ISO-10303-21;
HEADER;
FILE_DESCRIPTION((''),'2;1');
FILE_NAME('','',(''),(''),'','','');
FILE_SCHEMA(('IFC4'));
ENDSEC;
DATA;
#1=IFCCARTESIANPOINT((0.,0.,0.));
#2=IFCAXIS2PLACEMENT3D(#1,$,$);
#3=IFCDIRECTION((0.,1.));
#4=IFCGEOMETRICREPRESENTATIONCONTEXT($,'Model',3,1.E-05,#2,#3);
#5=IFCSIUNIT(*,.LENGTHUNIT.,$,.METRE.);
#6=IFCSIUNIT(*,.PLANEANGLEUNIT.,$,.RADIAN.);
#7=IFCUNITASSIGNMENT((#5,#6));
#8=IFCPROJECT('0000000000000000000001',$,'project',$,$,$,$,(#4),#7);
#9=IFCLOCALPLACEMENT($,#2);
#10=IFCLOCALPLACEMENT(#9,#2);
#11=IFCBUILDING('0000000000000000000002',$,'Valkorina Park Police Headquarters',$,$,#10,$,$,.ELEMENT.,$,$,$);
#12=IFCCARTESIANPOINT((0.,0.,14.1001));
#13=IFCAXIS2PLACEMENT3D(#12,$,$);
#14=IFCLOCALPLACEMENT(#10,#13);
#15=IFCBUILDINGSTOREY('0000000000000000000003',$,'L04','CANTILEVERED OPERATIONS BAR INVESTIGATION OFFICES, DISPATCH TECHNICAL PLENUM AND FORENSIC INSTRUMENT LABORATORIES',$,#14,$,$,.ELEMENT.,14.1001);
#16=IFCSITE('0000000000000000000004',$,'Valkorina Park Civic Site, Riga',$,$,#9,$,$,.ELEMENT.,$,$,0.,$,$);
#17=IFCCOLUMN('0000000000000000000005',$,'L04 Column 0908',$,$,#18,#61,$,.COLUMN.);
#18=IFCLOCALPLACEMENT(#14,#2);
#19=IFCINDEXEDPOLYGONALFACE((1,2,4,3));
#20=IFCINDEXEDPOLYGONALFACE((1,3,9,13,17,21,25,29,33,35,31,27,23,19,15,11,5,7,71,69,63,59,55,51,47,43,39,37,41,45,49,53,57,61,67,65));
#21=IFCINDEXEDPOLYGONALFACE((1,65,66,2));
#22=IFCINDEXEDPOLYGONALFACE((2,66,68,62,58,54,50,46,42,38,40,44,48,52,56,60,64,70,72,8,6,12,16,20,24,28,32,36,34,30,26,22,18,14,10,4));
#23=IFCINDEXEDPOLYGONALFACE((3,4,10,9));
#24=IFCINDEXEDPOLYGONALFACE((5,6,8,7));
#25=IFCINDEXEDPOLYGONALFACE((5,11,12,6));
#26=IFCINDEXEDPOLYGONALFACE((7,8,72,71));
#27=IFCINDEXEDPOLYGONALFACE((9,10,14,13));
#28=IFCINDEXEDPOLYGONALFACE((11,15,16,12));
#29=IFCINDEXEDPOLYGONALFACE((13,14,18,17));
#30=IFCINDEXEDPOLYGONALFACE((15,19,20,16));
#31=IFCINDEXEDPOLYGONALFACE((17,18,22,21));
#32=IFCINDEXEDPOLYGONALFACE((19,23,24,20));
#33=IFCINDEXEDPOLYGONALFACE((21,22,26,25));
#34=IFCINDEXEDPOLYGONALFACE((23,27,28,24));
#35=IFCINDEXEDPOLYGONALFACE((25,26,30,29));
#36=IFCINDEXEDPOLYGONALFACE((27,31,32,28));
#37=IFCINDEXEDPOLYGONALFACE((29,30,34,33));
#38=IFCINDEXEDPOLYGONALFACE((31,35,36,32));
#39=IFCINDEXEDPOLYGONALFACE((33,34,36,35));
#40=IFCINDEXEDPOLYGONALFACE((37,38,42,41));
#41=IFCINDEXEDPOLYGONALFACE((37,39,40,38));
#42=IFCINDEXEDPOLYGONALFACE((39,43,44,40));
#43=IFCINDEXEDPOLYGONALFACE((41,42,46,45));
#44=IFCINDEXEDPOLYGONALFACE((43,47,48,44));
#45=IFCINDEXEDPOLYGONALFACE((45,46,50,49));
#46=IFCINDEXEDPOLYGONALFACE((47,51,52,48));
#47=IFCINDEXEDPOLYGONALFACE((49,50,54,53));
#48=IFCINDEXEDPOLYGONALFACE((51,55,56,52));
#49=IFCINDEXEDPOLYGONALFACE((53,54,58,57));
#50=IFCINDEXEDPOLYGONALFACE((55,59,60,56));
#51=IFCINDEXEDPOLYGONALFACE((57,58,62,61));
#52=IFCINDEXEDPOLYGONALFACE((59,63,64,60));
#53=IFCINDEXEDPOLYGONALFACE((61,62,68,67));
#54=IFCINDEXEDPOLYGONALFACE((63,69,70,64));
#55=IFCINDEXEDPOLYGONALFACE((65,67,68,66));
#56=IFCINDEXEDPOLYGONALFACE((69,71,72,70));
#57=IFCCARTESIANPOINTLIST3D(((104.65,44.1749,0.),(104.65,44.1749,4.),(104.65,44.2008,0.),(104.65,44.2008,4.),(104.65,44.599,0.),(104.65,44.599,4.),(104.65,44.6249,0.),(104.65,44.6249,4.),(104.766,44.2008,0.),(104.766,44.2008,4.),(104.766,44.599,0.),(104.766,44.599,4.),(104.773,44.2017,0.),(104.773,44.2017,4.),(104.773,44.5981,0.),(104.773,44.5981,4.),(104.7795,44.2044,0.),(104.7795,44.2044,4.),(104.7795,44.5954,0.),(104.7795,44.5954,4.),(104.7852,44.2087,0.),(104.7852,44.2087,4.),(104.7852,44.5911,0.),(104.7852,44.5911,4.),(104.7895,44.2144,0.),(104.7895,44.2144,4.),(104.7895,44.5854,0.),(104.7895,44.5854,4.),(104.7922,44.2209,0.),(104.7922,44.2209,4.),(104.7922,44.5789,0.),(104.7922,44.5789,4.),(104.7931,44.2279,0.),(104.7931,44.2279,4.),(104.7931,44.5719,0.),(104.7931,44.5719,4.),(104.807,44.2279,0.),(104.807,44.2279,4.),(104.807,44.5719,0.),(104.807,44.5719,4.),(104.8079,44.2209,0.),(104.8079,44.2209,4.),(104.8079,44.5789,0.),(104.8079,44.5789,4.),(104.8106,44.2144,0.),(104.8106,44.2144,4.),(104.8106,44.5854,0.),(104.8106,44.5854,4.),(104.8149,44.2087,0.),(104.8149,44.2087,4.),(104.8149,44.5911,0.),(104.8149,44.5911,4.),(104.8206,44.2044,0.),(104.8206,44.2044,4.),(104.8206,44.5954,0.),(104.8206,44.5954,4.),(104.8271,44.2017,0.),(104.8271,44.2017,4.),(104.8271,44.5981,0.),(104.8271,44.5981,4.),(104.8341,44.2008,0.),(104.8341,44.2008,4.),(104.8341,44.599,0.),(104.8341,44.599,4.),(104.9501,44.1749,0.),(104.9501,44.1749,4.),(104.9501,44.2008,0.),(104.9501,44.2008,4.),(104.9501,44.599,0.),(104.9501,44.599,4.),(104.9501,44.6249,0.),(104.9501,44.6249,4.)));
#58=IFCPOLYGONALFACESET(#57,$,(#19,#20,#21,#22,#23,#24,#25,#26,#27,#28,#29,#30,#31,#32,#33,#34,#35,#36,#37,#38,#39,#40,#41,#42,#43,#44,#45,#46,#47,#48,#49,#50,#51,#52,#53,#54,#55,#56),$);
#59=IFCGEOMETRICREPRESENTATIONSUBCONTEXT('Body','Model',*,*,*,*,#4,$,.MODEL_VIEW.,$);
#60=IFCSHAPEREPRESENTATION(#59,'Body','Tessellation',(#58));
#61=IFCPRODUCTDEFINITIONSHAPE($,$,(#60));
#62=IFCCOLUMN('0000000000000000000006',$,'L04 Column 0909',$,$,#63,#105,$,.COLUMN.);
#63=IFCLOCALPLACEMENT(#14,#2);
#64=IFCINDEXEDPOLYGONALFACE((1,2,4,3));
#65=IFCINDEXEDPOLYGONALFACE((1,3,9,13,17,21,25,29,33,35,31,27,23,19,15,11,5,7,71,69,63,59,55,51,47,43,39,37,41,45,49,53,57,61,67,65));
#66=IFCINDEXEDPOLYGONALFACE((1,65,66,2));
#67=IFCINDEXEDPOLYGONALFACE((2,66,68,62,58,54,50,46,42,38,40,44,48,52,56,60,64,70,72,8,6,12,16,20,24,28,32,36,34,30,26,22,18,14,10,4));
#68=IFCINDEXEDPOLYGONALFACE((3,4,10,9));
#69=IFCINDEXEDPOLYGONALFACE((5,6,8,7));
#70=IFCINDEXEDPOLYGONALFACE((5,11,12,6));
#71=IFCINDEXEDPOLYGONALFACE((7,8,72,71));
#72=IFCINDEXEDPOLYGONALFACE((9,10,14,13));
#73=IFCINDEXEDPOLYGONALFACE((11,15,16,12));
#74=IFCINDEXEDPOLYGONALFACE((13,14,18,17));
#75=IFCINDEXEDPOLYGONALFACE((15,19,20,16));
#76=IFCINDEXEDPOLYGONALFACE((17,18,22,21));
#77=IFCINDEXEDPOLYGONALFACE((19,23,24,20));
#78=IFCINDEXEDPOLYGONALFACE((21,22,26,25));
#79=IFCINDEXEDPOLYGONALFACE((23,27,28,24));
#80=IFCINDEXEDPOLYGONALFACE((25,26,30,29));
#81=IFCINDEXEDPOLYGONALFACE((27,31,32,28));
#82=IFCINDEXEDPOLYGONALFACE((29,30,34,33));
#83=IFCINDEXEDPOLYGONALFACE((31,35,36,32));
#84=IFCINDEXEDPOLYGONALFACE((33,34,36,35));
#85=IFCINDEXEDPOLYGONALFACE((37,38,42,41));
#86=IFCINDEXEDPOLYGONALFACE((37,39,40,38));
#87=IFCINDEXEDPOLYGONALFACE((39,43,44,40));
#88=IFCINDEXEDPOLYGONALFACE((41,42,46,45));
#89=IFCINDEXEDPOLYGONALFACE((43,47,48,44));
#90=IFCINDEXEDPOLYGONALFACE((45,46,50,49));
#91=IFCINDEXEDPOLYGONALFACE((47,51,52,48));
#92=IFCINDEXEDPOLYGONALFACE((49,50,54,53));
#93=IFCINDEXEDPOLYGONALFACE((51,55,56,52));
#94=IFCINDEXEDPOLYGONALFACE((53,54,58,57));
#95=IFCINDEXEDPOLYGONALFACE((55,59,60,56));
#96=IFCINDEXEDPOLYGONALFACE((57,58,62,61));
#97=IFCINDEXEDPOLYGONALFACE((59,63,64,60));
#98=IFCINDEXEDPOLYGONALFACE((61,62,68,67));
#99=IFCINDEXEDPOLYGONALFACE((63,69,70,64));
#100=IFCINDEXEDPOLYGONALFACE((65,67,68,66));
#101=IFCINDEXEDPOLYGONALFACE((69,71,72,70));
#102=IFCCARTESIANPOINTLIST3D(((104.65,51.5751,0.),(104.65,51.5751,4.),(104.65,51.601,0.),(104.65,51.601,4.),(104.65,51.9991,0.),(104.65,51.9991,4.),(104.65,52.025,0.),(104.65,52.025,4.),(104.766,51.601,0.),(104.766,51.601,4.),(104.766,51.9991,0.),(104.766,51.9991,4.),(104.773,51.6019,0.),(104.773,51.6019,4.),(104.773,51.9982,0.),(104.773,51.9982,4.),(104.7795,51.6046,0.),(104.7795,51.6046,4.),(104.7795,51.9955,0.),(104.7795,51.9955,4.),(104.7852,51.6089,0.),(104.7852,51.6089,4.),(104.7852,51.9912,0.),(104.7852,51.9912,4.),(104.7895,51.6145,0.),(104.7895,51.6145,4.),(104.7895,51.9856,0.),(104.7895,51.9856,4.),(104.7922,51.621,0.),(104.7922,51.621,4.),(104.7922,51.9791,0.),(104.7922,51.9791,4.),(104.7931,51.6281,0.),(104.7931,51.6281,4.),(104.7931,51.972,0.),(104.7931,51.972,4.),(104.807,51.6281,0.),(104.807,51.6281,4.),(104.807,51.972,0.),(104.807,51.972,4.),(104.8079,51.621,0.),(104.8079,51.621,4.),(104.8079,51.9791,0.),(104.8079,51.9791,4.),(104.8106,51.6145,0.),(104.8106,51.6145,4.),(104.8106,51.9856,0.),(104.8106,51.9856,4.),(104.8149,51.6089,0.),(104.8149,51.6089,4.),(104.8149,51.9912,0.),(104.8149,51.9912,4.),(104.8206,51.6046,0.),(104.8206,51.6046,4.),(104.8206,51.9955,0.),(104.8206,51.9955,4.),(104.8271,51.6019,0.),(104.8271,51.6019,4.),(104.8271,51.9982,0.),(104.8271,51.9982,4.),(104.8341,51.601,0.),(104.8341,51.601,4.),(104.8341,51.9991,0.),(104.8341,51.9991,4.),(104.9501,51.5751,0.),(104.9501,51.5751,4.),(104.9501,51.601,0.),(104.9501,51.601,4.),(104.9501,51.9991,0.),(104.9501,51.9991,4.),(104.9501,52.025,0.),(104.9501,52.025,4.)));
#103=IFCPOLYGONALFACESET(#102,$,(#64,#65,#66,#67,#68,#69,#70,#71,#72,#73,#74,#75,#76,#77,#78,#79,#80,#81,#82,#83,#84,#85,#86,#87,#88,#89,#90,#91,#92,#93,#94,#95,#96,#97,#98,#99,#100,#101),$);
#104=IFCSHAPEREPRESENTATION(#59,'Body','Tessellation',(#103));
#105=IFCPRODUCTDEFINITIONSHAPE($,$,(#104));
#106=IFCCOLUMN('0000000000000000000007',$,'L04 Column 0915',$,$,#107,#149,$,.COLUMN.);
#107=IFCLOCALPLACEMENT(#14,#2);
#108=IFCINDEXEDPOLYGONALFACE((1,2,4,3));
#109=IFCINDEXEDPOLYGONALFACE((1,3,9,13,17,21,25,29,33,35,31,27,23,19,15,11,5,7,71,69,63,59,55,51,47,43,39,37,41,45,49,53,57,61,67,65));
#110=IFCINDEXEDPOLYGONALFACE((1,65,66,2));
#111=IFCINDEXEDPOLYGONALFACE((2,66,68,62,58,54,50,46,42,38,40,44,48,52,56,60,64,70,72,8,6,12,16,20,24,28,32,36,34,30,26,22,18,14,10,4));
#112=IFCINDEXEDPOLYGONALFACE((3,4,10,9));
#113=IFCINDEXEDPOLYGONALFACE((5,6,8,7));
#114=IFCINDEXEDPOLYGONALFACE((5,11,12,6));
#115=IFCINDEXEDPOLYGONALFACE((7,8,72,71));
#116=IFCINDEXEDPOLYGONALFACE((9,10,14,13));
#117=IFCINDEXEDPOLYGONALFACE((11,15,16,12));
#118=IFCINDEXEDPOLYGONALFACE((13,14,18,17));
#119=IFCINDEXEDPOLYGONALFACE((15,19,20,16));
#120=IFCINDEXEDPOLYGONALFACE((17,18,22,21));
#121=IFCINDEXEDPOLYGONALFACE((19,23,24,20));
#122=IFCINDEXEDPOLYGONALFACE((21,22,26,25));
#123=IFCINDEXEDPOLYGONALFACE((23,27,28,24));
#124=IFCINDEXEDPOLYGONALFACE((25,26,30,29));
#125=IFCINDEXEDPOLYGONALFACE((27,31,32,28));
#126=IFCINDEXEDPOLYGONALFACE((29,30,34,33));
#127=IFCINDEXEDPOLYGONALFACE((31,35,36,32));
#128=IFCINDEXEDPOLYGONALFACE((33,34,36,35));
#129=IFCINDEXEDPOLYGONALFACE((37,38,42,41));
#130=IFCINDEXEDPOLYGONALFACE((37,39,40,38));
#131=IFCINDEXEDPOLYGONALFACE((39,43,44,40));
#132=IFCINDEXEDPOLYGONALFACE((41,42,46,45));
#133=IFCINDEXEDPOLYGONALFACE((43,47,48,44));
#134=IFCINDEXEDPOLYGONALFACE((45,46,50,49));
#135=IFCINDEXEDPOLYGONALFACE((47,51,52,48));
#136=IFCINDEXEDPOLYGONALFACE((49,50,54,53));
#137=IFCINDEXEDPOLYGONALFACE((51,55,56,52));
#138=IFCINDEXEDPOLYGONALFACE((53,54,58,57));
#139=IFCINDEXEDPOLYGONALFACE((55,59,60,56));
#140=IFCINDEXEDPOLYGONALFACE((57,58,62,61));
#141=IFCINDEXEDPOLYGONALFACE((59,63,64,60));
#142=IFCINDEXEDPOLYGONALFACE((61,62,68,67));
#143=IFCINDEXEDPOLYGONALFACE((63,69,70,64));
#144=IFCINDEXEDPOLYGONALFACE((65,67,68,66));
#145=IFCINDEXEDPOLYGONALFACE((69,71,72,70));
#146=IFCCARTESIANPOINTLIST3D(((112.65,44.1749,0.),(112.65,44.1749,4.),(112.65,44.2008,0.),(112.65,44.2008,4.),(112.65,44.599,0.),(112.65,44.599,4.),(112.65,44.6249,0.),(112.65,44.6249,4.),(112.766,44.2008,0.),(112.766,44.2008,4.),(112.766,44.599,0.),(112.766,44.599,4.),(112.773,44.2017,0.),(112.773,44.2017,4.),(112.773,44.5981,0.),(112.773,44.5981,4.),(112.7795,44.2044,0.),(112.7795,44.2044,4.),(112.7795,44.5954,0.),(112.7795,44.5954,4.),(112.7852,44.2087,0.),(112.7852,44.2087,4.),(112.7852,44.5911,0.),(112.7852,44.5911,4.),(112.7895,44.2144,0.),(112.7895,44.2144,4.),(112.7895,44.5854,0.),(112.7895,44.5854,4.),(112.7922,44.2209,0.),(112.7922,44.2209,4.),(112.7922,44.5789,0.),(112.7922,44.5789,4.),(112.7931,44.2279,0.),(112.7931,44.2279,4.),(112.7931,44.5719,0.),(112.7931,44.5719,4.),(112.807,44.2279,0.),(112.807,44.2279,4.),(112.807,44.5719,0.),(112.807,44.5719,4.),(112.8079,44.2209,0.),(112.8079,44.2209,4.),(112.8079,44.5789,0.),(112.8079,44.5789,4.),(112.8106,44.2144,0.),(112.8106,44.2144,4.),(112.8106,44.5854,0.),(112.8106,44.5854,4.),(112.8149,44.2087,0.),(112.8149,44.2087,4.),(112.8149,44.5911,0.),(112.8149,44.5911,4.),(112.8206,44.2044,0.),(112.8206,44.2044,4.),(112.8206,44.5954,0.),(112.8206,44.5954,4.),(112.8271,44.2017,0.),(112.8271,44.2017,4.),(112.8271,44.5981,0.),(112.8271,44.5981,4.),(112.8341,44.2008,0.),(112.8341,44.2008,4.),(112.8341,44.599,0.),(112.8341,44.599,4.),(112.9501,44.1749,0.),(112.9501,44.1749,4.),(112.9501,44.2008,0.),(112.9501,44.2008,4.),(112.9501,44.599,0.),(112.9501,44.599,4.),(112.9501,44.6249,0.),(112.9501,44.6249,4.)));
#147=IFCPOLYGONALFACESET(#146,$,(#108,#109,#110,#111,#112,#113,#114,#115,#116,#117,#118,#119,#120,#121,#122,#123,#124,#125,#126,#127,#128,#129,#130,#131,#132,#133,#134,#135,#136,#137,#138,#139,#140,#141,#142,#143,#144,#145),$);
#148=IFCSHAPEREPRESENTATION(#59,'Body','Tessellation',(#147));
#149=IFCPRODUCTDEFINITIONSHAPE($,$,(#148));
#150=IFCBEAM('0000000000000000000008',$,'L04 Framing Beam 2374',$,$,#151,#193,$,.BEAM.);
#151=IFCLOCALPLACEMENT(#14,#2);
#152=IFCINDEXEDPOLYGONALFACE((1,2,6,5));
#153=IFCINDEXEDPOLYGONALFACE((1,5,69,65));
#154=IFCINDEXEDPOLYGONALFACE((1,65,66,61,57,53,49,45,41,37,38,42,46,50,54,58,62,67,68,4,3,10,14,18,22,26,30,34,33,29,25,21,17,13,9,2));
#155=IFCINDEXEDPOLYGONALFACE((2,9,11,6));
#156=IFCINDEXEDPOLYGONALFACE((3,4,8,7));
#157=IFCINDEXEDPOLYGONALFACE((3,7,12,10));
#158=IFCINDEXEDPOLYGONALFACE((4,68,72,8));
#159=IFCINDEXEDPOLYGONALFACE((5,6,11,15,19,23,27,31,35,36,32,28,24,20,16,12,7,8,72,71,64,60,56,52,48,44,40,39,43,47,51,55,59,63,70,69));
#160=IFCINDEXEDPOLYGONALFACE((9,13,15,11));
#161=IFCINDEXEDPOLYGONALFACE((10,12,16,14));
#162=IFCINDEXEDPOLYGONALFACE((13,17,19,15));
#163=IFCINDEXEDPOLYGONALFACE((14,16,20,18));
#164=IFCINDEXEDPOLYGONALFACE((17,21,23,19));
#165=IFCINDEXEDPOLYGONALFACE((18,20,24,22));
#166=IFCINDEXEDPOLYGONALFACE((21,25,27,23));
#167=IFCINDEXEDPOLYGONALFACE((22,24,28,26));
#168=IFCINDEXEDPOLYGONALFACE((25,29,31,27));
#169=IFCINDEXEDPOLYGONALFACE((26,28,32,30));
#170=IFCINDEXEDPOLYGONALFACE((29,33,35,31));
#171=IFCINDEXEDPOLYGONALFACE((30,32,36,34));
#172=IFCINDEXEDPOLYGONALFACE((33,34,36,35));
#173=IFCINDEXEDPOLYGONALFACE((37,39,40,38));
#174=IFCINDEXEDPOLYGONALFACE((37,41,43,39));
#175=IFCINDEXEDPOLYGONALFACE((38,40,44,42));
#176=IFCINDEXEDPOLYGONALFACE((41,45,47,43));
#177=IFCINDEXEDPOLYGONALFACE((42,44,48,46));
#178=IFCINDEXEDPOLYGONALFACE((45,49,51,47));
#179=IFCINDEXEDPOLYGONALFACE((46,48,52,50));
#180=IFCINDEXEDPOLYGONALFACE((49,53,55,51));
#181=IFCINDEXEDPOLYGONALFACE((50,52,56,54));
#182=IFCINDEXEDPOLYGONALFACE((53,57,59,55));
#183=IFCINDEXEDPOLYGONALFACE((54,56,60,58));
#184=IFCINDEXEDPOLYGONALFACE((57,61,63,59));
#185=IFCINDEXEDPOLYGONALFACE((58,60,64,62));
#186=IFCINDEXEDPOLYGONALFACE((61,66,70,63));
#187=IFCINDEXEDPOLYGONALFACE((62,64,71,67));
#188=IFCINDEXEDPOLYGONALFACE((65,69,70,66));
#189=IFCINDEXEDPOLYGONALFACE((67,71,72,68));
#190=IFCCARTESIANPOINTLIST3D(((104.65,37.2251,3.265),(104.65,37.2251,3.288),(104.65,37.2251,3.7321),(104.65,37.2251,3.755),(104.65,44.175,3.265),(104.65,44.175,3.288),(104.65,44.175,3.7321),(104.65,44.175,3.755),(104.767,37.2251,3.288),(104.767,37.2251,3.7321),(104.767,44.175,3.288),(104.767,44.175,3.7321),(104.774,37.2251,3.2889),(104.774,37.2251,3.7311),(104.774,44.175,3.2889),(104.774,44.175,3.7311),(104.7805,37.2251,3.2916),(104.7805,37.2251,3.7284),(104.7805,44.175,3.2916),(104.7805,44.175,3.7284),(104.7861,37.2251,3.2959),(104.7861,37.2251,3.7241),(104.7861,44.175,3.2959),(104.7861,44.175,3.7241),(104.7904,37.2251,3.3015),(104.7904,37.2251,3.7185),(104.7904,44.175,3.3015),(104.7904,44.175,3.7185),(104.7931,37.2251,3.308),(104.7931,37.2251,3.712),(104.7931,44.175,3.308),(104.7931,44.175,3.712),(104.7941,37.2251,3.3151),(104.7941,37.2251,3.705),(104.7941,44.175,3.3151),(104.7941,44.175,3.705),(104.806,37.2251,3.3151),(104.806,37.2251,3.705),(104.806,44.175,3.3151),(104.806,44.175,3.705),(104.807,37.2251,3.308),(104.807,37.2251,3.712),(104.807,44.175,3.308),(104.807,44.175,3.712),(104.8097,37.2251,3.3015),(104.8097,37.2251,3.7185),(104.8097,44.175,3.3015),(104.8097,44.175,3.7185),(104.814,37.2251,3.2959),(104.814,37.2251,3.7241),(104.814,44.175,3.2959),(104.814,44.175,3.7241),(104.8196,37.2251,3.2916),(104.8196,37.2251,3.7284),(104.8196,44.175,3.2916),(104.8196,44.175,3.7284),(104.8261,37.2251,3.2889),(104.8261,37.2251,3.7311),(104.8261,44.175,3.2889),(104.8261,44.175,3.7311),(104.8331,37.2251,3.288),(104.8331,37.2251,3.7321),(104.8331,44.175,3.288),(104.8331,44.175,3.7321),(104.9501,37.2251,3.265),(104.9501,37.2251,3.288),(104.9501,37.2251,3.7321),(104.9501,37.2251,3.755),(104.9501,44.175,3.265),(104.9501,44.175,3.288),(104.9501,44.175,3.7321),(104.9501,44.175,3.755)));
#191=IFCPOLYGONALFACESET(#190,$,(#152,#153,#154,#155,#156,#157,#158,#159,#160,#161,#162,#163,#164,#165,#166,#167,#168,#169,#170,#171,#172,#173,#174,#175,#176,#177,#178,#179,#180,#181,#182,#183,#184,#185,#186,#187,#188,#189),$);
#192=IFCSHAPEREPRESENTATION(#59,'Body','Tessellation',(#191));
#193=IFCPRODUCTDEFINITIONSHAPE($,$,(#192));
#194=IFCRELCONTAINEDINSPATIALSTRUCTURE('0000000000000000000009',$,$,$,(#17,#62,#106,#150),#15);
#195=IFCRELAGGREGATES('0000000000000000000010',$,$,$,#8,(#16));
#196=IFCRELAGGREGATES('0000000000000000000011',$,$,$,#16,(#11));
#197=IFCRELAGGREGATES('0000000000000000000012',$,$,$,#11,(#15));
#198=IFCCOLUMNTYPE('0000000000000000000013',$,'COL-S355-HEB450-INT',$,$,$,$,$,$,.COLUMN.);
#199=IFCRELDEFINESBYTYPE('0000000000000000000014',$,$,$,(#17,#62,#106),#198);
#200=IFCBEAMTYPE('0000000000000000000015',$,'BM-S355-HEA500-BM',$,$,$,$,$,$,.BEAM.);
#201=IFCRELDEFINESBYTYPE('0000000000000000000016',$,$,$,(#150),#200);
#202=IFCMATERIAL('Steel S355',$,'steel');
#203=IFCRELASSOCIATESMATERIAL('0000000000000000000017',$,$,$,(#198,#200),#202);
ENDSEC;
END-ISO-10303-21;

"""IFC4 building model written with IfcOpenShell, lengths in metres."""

from ifc_helpers import new_model, si_unit, direction, frame, origin, origin_2d, place, context, subcontext, project, spatial, i_section, extrude, material, material_profile, profile_set, type_object, element, save


model = new_model("IFC4")

# Units and contexts
model_context = context("Model", 3, precision=1e-05, world=origin(), true_north=direction((0.0, 1.0)))
body_context = subcontext(model_context, "Body", "Model", "MODEL_VIEW")
ifc_project = project(units=[si_unit("LENGTHUNIT", "METRE"), si_unit("PLANEANGLEUNIT", "RADIAN")], contexts=[model_context])

# Site, building, storey
site_placement = place(None, origin())
site = spatial("IfcSite", under=ifc_project, at=site_placement, Name="Valkorina Park Civic Site, Riga", CompositionType="ELEMENT", RefElevation=0.0)
building_placement = place(site_placement, origin())
building = spatial("IfcBuilding", under=site, at=building_placement, Name="Valkorina Park Police Headquarters", CompositionType="ELEMENT")
storey_placement = place(building_placement, frame((0.0, 0.0, 14.1001)))
storey = spatial("IfcBuildingStorey", under=building, at=storey_placement, Name="L04", Description="CANTILEVERED OPERATIONS BAR INVESTIGATION OFFICES, DISPATCH TECHNICAL PLENUM AND FORENSIC INSTRUMENT LABORATORIES", CompositionType="ELEMENT", Elevation=14.1001)

# Columns
ifc_material_1 = material(Name="Steel S355", Category="steel")
ifc_material_profile_1 = material_profile(ifc_material_1, i_section(OverallWidth=0.3, OverallDepth=0.45, WebThickness=0.0139, FlangeThickness=0.0259, FilletRadius=0.0271, at=origin_2d()), Name="HEB 450")
ifc_profile_set_1 = profile_set([ifc_material_profile_1], Name="Steel S355")
column_type = type_object("IfcColumnType", Name="COL-S355-HEB450-INT", PredefinedType="COLUMN", material=ifc_profile_set_1)
for number, where, z_axis, x_axis, name in (
    (1, (104.8, 44.3999, 0.0), (0.0, 0.0, 1.0), (1.0, 0.0, 0.0), "L04 Column 0908"),
    (2, (104.8, 51.8, 0.0), (0.0, 0.0, 1.0), (1.0, 0.0, 0.0), "L04 Column 0909"),
    (3, (112.8, 44.3999, 0.0), (0.0, 0.0, 1.0), (1.0, 0.0, 0.0), "L04 Column 0915"),
):
    element("IfcColumn", number, at=place(storey_placement, frame(where, z_axis=z_axis, x_axis=x_axis)), inside=storey, type_object=column_type, Name=name, PredefinedType="COLUMN", context=body_context, shape_type="SweptSolid", body=[
        extrude(i_section(OverallWidth=0.3, OverallDepth=0.45, WebThickness=0.0139, FlangeThickness=0.0259, FilletRadius=0.0271, at=origin_2d()), origin(), (0.0, 0.0, 1.0), 4.0),
    ])

# Beam
ifc_material_profile_2 = material_profile(ifc_material_1, i_section(OverallWidth=0.3, OverallDepth=0.49, WebThickness=0.012, FlangeThickness=0.0229, FilletRadius=0.0271, at=origin_2d()), Name="HEA 500")
ifc_profile_set_2 = profile_set([ifc_material_profile_2], Name="Steel S355")
beam_type_1 = type_object("IfcBeamType", Name="BM-S355-HEA500-BM", PredefinedType="BEAM", material=ifc_profile_set_2)
for number, where, z_axis, x_axis, name in (
    (4, (104.8, 37.2251, 3.51), (0.0, 1.0, 0.0), (-1.0, 0.0, 0.0), "L04 Framing Beam 2374"),
):
    element("IfcBeam", number, at=place(storey_placement, frame(where, z_axis=z_axis, x_axis=x_axis)), inside=storey, type_object=beam_type_1, Name=name, PredefinedType="BEAM", context=body_context, shape_type="SweptSolid", body=[
        extrude(i_section(OverallWidth=0.3, OverallDepth=0.49, WebThickness=0.012, FlangeThickness=0.0229, FilletRadius=0.0271, at=origin_2d()), origin(), (0.0, 0.0, 1.0), 6.95),
    ])

save(model, "model.ifc")
